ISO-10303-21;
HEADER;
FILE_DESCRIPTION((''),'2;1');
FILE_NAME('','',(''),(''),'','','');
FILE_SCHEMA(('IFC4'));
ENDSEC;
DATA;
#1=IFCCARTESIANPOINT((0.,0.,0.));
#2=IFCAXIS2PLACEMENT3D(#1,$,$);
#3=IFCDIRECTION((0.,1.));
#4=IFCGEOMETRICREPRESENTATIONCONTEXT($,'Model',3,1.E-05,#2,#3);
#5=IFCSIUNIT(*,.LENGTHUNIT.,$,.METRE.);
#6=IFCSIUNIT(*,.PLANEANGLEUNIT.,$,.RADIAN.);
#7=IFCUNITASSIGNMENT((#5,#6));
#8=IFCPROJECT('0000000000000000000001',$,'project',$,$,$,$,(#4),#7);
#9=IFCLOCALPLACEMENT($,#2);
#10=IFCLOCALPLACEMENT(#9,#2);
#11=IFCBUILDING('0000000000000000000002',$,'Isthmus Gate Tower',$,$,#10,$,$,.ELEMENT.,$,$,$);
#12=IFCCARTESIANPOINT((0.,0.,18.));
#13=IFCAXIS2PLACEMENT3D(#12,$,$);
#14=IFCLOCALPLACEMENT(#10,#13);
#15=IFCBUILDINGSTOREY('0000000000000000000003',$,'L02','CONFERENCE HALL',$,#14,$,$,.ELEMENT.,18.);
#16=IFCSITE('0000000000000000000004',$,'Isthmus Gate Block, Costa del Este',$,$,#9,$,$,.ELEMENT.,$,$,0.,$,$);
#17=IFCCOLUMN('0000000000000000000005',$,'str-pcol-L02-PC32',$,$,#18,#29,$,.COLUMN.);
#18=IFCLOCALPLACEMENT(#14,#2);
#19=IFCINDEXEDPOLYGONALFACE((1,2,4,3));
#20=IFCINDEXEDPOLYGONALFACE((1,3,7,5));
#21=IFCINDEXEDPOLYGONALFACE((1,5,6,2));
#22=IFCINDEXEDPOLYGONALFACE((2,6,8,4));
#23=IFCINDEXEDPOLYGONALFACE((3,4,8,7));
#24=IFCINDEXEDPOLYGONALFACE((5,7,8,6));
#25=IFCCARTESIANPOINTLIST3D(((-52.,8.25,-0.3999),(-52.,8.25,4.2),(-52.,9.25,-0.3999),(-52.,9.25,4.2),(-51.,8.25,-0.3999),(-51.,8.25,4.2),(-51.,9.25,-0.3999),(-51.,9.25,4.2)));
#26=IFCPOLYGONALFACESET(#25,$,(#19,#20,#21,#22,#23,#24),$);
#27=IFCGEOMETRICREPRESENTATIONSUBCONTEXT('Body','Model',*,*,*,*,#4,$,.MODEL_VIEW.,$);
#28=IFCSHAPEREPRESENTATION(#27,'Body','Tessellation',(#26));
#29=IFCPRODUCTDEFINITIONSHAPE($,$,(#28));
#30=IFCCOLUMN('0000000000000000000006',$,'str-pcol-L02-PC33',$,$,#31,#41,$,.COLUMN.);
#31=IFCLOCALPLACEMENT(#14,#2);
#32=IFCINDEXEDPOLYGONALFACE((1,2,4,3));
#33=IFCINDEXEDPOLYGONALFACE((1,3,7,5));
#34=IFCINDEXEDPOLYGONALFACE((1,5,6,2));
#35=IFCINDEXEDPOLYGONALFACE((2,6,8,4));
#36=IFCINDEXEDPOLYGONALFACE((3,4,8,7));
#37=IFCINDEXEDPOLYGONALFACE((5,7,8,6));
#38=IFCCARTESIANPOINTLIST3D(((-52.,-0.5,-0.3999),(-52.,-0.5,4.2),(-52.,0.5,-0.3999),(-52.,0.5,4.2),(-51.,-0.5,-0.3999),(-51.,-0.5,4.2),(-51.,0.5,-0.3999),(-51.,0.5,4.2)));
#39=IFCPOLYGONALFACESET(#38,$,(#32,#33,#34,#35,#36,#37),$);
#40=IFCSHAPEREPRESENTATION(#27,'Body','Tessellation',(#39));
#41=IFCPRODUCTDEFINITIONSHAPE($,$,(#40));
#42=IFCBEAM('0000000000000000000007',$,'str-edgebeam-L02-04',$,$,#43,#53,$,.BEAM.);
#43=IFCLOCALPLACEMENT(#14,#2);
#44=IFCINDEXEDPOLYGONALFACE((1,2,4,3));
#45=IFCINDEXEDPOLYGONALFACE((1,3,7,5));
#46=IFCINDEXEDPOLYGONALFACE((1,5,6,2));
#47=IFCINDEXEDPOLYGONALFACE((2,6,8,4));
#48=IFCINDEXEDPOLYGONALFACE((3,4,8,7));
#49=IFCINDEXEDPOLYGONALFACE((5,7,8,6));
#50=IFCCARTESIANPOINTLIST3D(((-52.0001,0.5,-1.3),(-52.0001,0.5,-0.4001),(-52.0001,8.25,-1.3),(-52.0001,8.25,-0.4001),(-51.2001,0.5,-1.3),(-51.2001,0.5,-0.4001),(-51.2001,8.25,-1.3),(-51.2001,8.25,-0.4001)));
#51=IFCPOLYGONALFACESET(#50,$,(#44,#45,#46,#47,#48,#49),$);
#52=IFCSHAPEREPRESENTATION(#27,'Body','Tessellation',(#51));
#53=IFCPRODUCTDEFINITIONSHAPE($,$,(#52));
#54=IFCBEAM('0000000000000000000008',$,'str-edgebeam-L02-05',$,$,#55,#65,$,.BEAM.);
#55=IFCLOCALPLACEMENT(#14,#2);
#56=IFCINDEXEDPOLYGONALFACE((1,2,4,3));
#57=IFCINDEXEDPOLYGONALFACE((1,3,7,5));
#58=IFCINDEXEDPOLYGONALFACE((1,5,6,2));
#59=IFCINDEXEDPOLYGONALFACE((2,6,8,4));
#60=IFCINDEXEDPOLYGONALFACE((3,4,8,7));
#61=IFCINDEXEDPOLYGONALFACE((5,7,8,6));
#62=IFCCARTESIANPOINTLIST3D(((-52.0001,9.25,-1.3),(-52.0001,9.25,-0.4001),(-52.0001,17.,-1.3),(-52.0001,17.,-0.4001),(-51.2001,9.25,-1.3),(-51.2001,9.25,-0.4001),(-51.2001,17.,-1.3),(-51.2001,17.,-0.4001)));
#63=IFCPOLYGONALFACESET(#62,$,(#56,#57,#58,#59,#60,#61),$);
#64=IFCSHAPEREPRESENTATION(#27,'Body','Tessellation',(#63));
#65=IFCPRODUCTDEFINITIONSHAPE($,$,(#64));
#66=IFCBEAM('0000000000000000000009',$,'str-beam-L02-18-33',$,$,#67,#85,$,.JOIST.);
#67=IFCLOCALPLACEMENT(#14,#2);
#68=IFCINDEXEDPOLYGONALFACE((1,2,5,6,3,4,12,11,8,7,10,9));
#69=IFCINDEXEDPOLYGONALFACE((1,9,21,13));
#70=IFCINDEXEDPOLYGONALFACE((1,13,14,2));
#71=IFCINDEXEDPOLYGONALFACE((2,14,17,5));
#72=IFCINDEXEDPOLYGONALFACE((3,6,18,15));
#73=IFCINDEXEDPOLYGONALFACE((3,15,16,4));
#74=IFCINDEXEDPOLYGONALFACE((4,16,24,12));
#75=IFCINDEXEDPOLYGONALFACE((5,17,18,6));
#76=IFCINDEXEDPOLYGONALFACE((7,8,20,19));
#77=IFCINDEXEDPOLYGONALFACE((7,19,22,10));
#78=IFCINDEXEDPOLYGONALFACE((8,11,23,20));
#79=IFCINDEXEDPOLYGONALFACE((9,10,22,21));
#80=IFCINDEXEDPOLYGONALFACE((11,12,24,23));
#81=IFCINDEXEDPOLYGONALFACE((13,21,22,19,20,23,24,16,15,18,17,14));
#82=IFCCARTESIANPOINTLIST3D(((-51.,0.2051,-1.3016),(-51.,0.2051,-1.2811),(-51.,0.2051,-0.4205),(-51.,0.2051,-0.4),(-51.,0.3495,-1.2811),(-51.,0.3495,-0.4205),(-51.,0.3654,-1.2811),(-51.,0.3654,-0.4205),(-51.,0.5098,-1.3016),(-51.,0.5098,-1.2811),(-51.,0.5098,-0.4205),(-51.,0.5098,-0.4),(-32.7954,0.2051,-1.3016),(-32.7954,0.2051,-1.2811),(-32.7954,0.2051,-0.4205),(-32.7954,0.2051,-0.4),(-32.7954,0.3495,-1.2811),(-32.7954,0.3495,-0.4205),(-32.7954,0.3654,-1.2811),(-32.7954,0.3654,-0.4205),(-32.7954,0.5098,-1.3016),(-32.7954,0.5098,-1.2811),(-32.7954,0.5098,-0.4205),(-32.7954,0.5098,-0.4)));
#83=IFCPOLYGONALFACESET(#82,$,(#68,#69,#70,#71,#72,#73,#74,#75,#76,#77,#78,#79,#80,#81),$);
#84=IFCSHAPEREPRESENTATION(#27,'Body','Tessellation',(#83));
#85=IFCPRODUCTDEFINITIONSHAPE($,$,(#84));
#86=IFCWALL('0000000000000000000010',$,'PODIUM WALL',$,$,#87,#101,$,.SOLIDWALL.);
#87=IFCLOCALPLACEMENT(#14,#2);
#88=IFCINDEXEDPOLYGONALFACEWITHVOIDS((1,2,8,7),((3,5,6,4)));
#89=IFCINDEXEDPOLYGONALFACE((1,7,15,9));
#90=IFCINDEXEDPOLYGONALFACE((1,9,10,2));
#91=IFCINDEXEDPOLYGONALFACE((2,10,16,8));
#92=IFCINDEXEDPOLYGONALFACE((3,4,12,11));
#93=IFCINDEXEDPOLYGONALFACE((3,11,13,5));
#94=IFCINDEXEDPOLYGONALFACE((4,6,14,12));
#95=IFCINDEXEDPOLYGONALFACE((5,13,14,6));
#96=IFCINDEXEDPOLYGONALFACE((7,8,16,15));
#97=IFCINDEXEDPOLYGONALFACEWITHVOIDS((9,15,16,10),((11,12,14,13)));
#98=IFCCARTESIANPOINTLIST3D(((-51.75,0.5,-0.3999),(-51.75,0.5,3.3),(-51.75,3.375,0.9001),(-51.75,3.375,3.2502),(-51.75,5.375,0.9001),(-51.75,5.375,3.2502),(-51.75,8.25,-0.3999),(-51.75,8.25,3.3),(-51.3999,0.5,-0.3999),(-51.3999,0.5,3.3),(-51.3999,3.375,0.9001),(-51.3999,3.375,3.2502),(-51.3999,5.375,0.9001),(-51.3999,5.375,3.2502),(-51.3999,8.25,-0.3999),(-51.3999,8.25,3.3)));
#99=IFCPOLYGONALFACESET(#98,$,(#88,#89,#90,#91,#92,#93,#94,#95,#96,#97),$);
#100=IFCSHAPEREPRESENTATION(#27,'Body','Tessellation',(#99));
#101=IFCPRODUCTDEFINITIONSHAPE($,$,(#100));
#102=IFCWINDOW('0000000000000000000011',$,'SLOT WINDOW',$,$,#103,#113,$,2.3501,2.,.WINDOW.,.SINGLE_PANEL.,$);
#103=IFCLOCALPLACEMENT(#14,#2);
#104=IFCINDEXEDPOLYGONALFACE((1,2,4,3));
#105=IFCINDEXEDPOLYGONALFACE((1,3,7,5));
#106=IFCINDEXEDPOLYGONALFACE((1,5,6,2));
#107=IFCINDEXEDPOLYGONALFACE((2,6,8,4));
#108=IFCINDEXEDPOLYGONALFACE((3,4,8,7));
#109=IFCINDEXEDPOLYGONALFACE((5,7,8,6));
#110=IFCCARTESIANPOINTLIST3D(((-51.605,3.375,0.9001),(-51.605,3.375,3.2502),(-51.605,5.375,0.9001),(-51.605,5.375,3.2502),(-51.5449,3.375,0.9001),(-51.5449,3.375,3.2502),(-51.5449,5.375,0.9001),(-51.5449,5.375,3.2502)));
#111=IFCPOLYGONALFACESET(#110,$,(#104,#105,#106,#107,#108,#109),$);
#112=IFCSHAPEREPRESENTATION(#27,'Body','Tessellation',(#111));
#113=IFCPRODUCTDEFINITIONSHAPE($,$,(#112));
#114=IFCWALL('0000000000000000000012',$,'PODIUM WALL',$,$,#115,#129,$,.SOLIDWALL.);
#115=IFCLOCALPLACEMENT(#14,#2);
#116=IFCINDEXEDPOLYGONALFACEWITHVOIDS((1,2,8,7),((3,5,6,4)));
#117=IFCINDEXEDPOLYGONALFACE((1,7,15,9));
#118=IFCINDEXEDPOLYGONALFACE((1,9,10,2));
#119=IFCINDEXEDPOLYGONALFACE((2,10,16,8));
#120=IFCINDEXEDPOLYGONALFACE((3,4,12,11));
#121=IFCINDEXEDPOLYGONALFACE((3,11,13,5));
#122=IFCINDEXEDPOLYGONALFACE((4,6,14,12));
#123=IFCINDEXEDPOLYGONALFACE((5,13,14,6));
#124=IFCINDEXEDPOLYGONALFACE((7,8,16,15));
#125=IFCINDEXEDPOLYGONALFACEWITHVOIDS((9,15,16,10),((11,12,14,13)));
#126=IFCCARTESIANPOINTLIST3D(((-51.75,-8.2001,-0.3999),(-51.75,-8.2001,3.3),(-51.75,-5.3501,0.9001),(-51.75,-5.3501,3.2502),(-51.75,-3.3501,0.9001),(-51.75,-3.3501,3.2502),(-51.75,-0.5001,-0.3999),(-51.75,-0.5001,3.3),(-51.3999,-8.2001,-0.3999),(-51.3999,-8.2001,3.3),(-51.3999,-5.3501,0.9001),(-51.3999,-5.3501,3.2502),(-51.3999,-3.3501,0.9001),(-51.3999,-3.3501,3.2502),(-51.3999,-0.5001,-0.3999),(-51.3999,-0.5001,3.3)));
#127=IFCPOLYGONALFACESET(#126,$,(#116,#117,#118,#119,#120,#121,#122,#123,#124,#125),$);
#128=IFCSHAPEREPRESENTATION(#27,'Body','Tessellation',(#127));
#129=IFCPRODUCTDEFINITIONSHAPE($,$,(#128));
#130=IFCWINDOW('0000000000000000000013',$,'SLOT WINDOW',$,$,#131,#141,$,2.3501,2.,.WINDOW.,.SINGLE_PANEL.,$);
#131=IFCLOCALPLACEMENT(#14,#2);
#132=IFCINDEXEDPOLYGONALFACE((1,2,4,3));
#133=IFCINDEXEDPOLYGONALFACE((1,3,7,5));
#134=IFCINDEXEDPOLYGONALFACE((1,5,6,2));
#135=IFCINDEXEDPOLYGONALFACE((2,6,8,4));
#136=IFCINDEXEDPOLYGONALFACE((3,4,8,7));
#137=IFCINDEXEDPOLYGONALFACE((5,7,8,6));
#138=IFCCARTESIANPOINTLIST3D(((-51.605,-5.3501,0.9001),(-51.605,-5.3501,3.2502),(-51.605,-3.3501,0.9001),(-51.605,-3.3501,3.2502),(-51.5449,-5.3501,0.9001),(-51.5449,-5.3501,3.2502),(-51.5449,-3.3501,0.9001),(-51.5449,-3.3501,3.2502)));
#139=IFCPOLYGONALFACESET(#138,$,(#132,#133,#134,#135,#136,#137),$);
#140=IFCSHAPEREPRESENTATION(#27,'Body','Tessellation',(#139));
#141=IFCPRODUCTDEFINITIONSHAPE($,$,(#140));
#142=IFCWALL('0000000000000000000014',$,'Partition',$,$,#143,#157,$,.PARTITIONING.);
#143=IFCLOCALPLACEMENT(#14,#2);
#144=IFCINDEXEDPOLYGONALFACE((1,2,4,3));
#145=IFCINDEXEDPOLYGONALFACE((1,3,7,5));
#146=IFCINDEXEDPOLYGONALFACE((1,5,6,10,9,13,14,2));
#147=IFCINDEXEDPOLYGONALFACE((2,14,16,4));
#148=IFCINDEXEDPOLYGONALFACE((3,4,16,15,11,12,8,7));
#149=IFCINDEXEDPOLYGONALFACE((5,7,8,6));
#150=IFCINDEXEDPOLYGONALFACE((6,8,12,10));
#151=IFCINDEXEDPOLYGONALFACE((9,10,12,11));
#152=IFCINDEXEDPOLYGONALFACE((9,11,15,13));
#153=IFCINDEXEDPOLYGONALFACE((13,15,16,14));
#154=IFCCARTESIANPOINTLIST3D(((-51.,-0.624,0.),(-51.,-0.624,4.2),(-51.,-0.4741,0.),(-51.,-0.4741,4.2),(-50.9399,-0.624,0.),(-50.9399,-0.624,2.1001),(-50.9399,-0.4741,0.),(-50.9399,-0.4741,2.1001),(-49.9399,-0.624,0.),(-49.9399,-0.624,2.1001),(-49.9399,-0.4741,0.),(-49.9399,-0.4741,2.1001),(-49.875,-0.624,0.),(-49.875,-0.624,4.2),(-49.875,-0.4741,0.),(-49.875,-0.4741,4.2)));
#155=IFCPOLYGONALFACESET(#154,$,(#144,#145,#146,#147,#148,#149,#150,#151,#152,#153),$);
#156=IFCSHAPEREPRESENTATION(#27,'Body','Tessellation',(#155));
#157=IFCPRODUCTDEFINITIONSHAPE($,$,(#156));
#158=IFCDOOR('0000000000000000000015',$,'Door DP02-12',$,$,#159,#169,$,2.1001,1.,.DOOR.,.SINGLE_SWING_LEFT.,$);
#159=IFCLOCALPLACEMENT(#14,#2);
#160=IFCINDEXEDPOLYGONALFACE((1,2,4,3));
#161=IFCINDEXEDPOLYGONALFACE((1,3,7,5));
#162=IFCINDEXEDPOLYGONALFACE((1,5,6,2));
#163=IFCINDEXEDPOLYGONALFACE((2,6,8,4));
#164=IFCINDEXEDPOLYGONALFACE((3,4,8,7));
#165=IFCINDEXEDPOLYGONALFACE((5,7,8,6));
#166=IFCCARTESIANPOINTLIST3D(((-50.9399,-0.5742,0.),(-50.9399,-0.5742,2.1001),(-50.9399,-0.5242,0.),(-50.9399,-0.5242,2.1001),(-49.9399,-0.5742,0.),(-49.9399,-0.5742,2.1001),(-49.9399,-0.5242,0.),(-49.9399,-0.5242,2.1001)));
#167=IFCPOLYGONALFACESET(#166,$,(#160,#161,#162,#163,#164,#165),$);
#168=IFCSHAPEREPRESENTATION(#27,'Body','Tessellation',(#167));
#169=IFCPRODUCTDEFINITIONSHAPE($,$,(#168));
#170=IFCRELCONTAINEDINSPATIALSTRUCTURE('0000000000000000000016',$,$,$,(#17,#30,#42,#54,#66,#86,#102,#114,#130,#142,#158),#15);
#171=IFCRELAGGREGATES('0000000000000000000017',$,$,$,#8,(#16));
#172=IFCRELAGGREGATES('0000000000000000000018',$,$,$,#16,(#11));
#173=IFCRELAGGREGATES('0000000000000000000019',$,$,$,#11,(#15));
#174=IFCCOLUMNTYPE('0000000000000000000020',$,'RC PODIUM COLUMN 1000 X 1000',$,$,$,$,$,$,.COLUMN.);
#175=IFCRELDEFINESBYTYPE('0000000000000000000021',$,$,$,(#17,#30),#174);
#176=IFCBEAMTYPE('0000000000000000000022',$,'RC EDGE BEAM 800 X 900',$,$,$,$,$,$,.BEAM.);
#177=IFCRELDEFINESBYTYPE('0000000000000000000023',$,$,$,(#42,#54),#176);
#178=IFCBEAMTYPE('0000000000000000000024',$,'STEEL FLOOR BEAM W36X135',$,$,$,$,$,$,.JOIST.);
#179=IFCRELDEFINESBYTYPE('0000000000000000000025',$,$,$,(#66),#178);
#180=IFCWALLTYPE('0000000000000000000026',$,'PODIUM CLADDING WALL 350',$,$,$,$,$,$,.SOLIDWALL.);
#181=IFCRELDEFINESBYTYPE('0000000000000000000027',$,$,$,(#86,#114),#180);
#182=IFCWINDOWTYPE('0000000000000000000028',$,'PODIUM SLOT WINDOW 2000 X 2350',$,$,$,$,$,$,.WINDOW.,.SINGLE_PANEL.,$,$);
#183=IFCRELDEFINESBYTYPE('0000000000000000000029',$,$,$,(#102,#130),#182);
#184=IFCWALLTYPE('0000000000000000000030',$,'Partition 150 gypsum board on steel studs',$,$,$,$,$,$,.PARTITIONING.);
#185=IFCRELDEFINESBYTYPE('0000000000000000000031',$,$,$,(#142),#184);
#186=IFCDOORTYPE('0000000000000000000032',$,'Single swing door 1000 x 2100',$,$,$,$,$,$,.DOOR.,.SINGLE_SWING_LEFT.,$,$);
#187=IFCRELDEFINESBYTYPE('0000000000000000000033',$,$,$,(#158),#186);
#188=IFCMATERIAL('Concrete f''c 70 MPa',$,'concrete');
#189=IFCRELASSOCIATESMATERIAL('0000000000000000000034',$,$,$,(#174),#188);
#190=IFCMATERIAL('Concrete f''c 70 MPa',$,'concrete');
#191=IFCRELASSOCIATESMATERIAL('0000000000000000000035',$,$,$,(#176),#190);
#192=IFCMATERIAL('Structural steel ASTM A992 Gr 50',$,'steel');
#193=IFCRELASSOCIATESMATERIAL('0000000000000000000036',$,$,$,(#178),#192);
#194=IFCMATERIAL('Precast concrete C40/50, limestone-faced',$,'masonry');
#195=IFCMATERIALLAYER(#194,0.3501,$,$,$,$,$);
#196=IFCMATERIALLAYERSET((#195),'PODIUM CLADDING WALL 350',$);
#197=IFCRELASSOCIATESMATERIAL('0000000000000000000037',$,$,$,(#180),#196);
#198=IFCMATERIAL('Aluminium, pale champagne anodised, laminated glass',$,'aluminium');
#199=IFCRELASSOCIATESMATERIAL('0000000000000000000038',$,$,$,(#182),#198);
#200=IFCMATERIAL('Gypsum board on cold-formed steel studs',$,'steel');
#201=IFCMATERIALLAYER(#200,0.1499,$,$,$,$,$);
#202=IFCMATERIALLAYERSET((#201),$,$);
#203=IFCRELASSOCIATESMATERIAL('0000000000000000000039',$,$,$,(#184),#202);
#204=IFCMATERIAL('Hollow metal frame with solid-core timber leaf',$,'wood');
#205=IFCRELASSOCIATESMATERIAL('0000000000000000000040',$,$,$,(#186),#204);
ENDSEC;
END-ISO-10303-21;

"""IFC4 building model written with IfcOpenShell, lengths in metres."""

from ifc_helpers import new_model, si_unit, direction, frame, frame_2d, origin, origin_2d, place, context, subcontext, project, spatial, rectangle, i_section, extrude, material, layer, layer_set, material_profile, profile_set, type_object, element, fill, save


model = new_model("IFC4")

# Units and contexts
model_context = context("Model", 3, precision=1e-05, world=origin(), true_north=direction((0.0, 1.0)))
body_context = subcontext(model_context, "Body", "Model", "MODEL_VIEW")
ifc_project = project(units=[si_unit("LENGTHUNIT", "METRE"), si_unit("PLANEANGLEUNIT", "RADIAN")], contexts=[model_context])

# Site, building, storey
site_placement = place(None, origin())
site = spatial("IfcSite", under=ifc_project, at=site_placement, Name="Isthmus Gate Block, Costa del Este", CompositionType="ELEMENT", RefElevation=0.0)
building_placement = place(site_placement, origin())
building = spatial("IfcBuilding", under=site, at=building_placement, Name="Isthmus Gate Tower", CompositionType="ELEMENT")
storey_placement = place(building_placement, frame((0.0, 0.0, 18.0)))
storey = spatial("IfcBuildingStorey", under=building, at=storey_placement, Name="L02", Description="CONFERENCE HALL", CompositionType="ELEMENT", Elevation=18.0)

# Columns
ifc_material_1 = material(Name="Concrete f'c 70 MPa", Category="concrete")
ifc_material_profile_1 = material_profile(ifc_material_1, rectangle(XDim=1.0, YDim=1.0, at=origin_2d()), Name="RC 1000X1000")
ifc_profile_set_1 = profile_set([ifc_material_profile_1], Name="Concrete f'c 70 MPa")
column_type = type_object("IfcColumnType", Name="RC PODIUM COLUMN 1000 X 1000", PredefinedType="COLUMN", material=ifc_profile_set_1)
for number, where, z_axis, x_axis, name in (
    (1, (-51.5, 8.75, -0.3999), (0.0, 0.0, 1.0), (0.0, -1.0, 0.0), "str-pcol-L02-PC32"),
    (2, (-51.5, 0.0, -0.3999), (0.0, 0.0, 1.0), (0.0, -1.0, 0.0), "str-pcol-L02-PC33"),
):
    element("IfcColumn", number, at=place(storey_placement, frame(where, z_axis=z_axis, x_axis=x_axis)), inside=storey, type_object=column_type, Name=name, PredefinedType="COLUMN", context=body_context, shape_type="SweptSolid", body=[
        extrude(rectangle(XDim=1.0, YDim=1.0, at=origin_2d()), origin(), (0.0, 0.0, 1.0), 4.5999),
    ])

# Beams
ifc_material_2 = material(Name="Concrete f'c 70 MPa", Category="concrete")
ifc_material_profile_2 = material_profile(ifc_material_2, rectangle(XDim=0.8, YDim=0.8999, at=origin_2d()), Name="RC 800X900")
ifc_profile_set_2 = profile_set([ifc_material_profile_2], Name="Concrete f'c 70 MPa")
beam_type_1 = type_object("IfcBeamType", Name="RC EDGE BEAM 800 X 900", PredefinedType="BEAM", material=ifc_profile_set_2)
for number, where, z_axis, x_axis, name in (
    (3, (-51.6001, 0.5, -0.8501), (0.0, 1.0, 0.0), (-1.0, 0.0, 0.0), "str-edgebeam-L02-04"),
    (4, (-51.6001, 9.25, -0.8501), (0.0, 1.0, 0.0), (-1.0, 0.0, 0.0), "str-edgebeam-L02-05"),
):
    element("IfcBeam", number, at=place(storey_placement, frame(where, z_axis=z_axis, x_axis=x_axis)), inside=storey, type_object=beam_type_1, Name=name, PredefinedType="BEAM", context=body_context, shape_type="SweptSolid", body=[
        extrude(rectangle(XDim=0.8, YDim=0.8999, at=origin_2d()), origin(), (0.0, 0.0, 1.0), 7.75),
    ])
ifc_material_3 = material(Name="Structural steel ASTM A992 Gr 50", Category="steel")
ifc_material_profile_3 = material_profile(ifc_material_3, i_section(OverallWidth=0.3047, OverallDepth=0.9016, WebThickness=0.0159, FlangeThickness=0.0205, at=origin_2d()), Name="W36X135")
ifc_profile_set_3 = profile_set([ifc_material_profile_3], Name="Structural steel ASTM A992 Gr 50")
beam_type_2 = type_object("IfcBeamType", Name="STEEL FLOOR BEAM W36X135", PredefinedType="JOIST", material=ifc_profile_set_3)
beam_placement = place(storey_placement, frame((-32.7954, 0.3574, -0.8508), z_axis=(-1.0, 0.0, 0.0), x_axis=(0.0, -1.0, 0.0)))
element("IfcBeam", 5, at=beam_placement, inside=storey, type_object=beam_type_2, Name="str-beam-L02-18-33", PredefinedType="JOIST", context=body_context, shape_type="SweptSolid", body=[
    extrude(i_section(OverallWidth=0.3047, OverallDepth=0.9016, WebThickness=0.0159, FlangeThickness=0.0205, at=origin_2d()), origin(), (0.0, 0.0, 1.0), 18.2046),
])

# Walls, openings, windows
ifc_material_4 = material(Name="Precast concrete C40/50, limestone-faced", Category="masonry")
ifc_layer_1 = layer(ifc_material_4, 0.3501)
ifc_layer_set_1 = layer_set([ifc_layer_1], Name="PODIUM CLADDING WALL 350")
wall_type_1 = type_object("IfcWallType", Name="PODIUM CLADDING WALL 350", PredefinedType="SOLIDWALL", material=ifc_layer_set_1)
wall_1_placement = place(storey_placement, frame((-51.575, 8.25, -0.3999), z_axis=(0.0, 0.0, 1.0), x_axis=(0.0, -1.0, 0.0)))
wall_1 = element("IfcWall", 6, at=wall_1_placement, inside=storey, type_object=wall_type_1, Name="PODIUM WALL", PredefinedType="SOLIDWALL", context=body_context, shape_type="SweptSolid", body=[
    extrude(rectangle(XDim=7.75, YDim=0.3501, at=frame_2d((3.875, 0.0))), origin(), (0.0, 0.0, 1.0), 3.7),
])
opening_1_placement = place(wall_1_placement, frame((2.875, 0.0, 1.3)))
opening_1 = element("IfcOpeningElement", 7, at=opening_1_placement, cuts=wall_1, PredefinedType="OPENING", context=body_context, shape_type="SweptSolid", body=[
    extrude(rectangle(XDim=2.0, YDim=2.3501, at=frame_2d((1.0, 1.175))), frame((0.0, 0.1851, 0.0), z_axis=(0.0, -1.0, 0.0), x_axis=(1.0, 0.0, 0.0)), (0.0, 0.0, 1.0), 0.3701),
])
ifc_material_5 = material(Name="Aluminium, pale champagne anodised, laminated glass", Category="aluminium")
window_type = type_object("IfcWindowType", Name="PODIUM SLOT WINDOW 2000 X 2350", PartitioningType="SINGLE_PANEL", PredefinedType="WINDOW", material=ifc_material_5)
window_1_placement = place(opening_1_placement, origin())
window_1 = element("IfcWindow", 8, at=window_1_placement, inside=storey, type_object=window_type, Name="SLOT WINDOW", OverallHeight=2.3501, OverallWidth=2.0, PartitioningType="SINGLE_PANEL", PredefinedType="WINDOW", context=body_context, shape_type="SweptSolid", body=[
    extrude(rectangle(XDim=2.0, YDim=2.3501, at=frame_2d((1.0, 1.175))), frame((0.0, 0.03, 0.0), z_axis=(0.0, -1.0, 0.0), x_axis=(1.0, 0.0, 0.0)), (0.0, 0.0, 1.0), 0.0601),
])
fill(opening_1, window_1)
wall_2_placement = place(storey_placement, frame((-51.575, -0.5, -0.3999), z_axis=(0.0, 0.0, 1.0), x_axis=(0.0, -1.0, 0.0)))
wall_2 = element("IfcWall", 9, at=wall_2_placement, inside=storey, type_object=wall_type_1, Name="PODIUM WALL", PredefinedType="SOLIDWALL", context=body_context, shape_type="SweptSolid", body=[
    extrude(rectangle(XDim=7.7, YDim=0.3501, at=frame_2d((3.8501, 0.0))), origin(), (0.0, 0.0, 1.0), 3.7),
])
opening_2_placement = place(wall_2_placement, frame((2.8501, 0.0, 1.3)))
opening_2 = element("IfcOpeningElement", 10, at=opening_2_placement, cuts=wall_2, PredefinedType="OPENING", context=body_context, shape_type="SweptSolid", body=[
    extrude(rectangle(XDim=2.0, YDim=2.3501, at=frame_2d((1.0, 1.175))), frame((0.0, 0.1851, 0.0), z_axis=(0.0, -1.0, 0.0), x_axis=(1.0, 0.0, 0.0)), (0.0, 0.0, 1.0), 0.3701),
])
window_2_placement = place(opening_2_placement, origin())
window_2 = element("IfcWindow", 11, at=window_2_placement, inside=storey, type_object=window_type, Name="SLOT WINDOW", OverallHeight=2.3501, OverallWidth=2.0, PartitioningType="SINGLE_PANEL", PredefinedType="WINDOW", context=body_context, shape_type="SweptSolid", body=[
    extrude(rectangle(XDim=2.0, YDim=2.3501, at=frame_2d((1.0, 1.175))), frame((0.0, 0.03, 0.0), z_axis=(0.0, -1.0, 0.0), x_axis=(1.0, 0.0, 0.0)), (0.0, 0.0, 1.0), 0.0601),
])
fill(opening_2, window_2)

# Wall, opening, door
ifc_material_6 = material(Name="Gypsum board on cold-formed steel studs", Category="steel")
ifc_layer_2 = layer(ifc_material_6, 0.1499)
ifc_layer_set_2 = layer_set([ifc_layer_2])
wall_type_2 = type_object("IfcWallType", Name="Partition 150 gypsum board on steel studs", PredefinedType="PARTITIONING", material=ifc_layer_set_2)
wall_3_placement = place(storey_placement, frame((-51.0, -0.5491, 0.0), z_axis=(0.0, 0.0, 1.0), x_axis=(1.0, 0.0, 0.0)))
wall_3 = element("IfcWall", 12, at=wall_3_placement, inside=storey, type_object=wall_type_2, Name="Partition", PredefinedType="PARTITIONING", context=body_context, shape_type="SweptSolid", body=[
    extrude(rectangle(XDim=1.125, YDim=0.1499, at=frame_2d((0.5625, 0.0))), origin(), (0.0, 0.0, 1.0), 4.2),
])
opening_3_placement = place(wall_3_placement, frame((0.0601, 0.0, 0.0)))
opening_3 = element("IfcOpeningElement", 13, at=opening_3_placement, cuts=wall_3, PredefinedType="OPENING", context=body_context, shape_type="SweptSolid", body=[
    extrude(rectangle(XDim=1.0, YDim=2.1001, at=frame_2d((0.5, 1.05))), frame((0.0, 0.085, 0.0), z_axis=(0.0, -1.0, 0.0), x_axis=(1.0, 0.0, 0.0)), (0.0, 0.0, 1.0), 0.1699),
])
ifc_material_7 = material(Name="Hollow metal frame with solid-core timber leaf", Category="wood")
door_type = type_object("IfcDoorType", Name="Single swing door 1000 x 2100", OperationType="SINGLE_SWING_LEFT", PredefinedType="DOOR", material=ifc_material_7)
door_1_placement = place(opening_3_placement, origin())
door_1 = element("IfcDoor", 14, at=door_1_placement, inside=storey, type_object=door_type, Name="Door DP02-12", OperationType="SINGLE_SWING_LEFT", OverallHeight=2.1001, OverallWidth=1.0, PredefinedType="DOOR", context=body_context, shape_type="SweptSolid", body=[
    extrude(rectangle(XDim=1.0, YDim=2.1001, at=frame_2d((0.5, 1.05))), frame((0.0, 0.0249, 0.0), z_axis=(0.0, -1.0, 0.0), x_axis=(1.0, 0.0, 0.0)), (0.0, 0.0, 1.0), 0.05),
])
fill(opening_3, door_1)

save(model, "model.ifc")
